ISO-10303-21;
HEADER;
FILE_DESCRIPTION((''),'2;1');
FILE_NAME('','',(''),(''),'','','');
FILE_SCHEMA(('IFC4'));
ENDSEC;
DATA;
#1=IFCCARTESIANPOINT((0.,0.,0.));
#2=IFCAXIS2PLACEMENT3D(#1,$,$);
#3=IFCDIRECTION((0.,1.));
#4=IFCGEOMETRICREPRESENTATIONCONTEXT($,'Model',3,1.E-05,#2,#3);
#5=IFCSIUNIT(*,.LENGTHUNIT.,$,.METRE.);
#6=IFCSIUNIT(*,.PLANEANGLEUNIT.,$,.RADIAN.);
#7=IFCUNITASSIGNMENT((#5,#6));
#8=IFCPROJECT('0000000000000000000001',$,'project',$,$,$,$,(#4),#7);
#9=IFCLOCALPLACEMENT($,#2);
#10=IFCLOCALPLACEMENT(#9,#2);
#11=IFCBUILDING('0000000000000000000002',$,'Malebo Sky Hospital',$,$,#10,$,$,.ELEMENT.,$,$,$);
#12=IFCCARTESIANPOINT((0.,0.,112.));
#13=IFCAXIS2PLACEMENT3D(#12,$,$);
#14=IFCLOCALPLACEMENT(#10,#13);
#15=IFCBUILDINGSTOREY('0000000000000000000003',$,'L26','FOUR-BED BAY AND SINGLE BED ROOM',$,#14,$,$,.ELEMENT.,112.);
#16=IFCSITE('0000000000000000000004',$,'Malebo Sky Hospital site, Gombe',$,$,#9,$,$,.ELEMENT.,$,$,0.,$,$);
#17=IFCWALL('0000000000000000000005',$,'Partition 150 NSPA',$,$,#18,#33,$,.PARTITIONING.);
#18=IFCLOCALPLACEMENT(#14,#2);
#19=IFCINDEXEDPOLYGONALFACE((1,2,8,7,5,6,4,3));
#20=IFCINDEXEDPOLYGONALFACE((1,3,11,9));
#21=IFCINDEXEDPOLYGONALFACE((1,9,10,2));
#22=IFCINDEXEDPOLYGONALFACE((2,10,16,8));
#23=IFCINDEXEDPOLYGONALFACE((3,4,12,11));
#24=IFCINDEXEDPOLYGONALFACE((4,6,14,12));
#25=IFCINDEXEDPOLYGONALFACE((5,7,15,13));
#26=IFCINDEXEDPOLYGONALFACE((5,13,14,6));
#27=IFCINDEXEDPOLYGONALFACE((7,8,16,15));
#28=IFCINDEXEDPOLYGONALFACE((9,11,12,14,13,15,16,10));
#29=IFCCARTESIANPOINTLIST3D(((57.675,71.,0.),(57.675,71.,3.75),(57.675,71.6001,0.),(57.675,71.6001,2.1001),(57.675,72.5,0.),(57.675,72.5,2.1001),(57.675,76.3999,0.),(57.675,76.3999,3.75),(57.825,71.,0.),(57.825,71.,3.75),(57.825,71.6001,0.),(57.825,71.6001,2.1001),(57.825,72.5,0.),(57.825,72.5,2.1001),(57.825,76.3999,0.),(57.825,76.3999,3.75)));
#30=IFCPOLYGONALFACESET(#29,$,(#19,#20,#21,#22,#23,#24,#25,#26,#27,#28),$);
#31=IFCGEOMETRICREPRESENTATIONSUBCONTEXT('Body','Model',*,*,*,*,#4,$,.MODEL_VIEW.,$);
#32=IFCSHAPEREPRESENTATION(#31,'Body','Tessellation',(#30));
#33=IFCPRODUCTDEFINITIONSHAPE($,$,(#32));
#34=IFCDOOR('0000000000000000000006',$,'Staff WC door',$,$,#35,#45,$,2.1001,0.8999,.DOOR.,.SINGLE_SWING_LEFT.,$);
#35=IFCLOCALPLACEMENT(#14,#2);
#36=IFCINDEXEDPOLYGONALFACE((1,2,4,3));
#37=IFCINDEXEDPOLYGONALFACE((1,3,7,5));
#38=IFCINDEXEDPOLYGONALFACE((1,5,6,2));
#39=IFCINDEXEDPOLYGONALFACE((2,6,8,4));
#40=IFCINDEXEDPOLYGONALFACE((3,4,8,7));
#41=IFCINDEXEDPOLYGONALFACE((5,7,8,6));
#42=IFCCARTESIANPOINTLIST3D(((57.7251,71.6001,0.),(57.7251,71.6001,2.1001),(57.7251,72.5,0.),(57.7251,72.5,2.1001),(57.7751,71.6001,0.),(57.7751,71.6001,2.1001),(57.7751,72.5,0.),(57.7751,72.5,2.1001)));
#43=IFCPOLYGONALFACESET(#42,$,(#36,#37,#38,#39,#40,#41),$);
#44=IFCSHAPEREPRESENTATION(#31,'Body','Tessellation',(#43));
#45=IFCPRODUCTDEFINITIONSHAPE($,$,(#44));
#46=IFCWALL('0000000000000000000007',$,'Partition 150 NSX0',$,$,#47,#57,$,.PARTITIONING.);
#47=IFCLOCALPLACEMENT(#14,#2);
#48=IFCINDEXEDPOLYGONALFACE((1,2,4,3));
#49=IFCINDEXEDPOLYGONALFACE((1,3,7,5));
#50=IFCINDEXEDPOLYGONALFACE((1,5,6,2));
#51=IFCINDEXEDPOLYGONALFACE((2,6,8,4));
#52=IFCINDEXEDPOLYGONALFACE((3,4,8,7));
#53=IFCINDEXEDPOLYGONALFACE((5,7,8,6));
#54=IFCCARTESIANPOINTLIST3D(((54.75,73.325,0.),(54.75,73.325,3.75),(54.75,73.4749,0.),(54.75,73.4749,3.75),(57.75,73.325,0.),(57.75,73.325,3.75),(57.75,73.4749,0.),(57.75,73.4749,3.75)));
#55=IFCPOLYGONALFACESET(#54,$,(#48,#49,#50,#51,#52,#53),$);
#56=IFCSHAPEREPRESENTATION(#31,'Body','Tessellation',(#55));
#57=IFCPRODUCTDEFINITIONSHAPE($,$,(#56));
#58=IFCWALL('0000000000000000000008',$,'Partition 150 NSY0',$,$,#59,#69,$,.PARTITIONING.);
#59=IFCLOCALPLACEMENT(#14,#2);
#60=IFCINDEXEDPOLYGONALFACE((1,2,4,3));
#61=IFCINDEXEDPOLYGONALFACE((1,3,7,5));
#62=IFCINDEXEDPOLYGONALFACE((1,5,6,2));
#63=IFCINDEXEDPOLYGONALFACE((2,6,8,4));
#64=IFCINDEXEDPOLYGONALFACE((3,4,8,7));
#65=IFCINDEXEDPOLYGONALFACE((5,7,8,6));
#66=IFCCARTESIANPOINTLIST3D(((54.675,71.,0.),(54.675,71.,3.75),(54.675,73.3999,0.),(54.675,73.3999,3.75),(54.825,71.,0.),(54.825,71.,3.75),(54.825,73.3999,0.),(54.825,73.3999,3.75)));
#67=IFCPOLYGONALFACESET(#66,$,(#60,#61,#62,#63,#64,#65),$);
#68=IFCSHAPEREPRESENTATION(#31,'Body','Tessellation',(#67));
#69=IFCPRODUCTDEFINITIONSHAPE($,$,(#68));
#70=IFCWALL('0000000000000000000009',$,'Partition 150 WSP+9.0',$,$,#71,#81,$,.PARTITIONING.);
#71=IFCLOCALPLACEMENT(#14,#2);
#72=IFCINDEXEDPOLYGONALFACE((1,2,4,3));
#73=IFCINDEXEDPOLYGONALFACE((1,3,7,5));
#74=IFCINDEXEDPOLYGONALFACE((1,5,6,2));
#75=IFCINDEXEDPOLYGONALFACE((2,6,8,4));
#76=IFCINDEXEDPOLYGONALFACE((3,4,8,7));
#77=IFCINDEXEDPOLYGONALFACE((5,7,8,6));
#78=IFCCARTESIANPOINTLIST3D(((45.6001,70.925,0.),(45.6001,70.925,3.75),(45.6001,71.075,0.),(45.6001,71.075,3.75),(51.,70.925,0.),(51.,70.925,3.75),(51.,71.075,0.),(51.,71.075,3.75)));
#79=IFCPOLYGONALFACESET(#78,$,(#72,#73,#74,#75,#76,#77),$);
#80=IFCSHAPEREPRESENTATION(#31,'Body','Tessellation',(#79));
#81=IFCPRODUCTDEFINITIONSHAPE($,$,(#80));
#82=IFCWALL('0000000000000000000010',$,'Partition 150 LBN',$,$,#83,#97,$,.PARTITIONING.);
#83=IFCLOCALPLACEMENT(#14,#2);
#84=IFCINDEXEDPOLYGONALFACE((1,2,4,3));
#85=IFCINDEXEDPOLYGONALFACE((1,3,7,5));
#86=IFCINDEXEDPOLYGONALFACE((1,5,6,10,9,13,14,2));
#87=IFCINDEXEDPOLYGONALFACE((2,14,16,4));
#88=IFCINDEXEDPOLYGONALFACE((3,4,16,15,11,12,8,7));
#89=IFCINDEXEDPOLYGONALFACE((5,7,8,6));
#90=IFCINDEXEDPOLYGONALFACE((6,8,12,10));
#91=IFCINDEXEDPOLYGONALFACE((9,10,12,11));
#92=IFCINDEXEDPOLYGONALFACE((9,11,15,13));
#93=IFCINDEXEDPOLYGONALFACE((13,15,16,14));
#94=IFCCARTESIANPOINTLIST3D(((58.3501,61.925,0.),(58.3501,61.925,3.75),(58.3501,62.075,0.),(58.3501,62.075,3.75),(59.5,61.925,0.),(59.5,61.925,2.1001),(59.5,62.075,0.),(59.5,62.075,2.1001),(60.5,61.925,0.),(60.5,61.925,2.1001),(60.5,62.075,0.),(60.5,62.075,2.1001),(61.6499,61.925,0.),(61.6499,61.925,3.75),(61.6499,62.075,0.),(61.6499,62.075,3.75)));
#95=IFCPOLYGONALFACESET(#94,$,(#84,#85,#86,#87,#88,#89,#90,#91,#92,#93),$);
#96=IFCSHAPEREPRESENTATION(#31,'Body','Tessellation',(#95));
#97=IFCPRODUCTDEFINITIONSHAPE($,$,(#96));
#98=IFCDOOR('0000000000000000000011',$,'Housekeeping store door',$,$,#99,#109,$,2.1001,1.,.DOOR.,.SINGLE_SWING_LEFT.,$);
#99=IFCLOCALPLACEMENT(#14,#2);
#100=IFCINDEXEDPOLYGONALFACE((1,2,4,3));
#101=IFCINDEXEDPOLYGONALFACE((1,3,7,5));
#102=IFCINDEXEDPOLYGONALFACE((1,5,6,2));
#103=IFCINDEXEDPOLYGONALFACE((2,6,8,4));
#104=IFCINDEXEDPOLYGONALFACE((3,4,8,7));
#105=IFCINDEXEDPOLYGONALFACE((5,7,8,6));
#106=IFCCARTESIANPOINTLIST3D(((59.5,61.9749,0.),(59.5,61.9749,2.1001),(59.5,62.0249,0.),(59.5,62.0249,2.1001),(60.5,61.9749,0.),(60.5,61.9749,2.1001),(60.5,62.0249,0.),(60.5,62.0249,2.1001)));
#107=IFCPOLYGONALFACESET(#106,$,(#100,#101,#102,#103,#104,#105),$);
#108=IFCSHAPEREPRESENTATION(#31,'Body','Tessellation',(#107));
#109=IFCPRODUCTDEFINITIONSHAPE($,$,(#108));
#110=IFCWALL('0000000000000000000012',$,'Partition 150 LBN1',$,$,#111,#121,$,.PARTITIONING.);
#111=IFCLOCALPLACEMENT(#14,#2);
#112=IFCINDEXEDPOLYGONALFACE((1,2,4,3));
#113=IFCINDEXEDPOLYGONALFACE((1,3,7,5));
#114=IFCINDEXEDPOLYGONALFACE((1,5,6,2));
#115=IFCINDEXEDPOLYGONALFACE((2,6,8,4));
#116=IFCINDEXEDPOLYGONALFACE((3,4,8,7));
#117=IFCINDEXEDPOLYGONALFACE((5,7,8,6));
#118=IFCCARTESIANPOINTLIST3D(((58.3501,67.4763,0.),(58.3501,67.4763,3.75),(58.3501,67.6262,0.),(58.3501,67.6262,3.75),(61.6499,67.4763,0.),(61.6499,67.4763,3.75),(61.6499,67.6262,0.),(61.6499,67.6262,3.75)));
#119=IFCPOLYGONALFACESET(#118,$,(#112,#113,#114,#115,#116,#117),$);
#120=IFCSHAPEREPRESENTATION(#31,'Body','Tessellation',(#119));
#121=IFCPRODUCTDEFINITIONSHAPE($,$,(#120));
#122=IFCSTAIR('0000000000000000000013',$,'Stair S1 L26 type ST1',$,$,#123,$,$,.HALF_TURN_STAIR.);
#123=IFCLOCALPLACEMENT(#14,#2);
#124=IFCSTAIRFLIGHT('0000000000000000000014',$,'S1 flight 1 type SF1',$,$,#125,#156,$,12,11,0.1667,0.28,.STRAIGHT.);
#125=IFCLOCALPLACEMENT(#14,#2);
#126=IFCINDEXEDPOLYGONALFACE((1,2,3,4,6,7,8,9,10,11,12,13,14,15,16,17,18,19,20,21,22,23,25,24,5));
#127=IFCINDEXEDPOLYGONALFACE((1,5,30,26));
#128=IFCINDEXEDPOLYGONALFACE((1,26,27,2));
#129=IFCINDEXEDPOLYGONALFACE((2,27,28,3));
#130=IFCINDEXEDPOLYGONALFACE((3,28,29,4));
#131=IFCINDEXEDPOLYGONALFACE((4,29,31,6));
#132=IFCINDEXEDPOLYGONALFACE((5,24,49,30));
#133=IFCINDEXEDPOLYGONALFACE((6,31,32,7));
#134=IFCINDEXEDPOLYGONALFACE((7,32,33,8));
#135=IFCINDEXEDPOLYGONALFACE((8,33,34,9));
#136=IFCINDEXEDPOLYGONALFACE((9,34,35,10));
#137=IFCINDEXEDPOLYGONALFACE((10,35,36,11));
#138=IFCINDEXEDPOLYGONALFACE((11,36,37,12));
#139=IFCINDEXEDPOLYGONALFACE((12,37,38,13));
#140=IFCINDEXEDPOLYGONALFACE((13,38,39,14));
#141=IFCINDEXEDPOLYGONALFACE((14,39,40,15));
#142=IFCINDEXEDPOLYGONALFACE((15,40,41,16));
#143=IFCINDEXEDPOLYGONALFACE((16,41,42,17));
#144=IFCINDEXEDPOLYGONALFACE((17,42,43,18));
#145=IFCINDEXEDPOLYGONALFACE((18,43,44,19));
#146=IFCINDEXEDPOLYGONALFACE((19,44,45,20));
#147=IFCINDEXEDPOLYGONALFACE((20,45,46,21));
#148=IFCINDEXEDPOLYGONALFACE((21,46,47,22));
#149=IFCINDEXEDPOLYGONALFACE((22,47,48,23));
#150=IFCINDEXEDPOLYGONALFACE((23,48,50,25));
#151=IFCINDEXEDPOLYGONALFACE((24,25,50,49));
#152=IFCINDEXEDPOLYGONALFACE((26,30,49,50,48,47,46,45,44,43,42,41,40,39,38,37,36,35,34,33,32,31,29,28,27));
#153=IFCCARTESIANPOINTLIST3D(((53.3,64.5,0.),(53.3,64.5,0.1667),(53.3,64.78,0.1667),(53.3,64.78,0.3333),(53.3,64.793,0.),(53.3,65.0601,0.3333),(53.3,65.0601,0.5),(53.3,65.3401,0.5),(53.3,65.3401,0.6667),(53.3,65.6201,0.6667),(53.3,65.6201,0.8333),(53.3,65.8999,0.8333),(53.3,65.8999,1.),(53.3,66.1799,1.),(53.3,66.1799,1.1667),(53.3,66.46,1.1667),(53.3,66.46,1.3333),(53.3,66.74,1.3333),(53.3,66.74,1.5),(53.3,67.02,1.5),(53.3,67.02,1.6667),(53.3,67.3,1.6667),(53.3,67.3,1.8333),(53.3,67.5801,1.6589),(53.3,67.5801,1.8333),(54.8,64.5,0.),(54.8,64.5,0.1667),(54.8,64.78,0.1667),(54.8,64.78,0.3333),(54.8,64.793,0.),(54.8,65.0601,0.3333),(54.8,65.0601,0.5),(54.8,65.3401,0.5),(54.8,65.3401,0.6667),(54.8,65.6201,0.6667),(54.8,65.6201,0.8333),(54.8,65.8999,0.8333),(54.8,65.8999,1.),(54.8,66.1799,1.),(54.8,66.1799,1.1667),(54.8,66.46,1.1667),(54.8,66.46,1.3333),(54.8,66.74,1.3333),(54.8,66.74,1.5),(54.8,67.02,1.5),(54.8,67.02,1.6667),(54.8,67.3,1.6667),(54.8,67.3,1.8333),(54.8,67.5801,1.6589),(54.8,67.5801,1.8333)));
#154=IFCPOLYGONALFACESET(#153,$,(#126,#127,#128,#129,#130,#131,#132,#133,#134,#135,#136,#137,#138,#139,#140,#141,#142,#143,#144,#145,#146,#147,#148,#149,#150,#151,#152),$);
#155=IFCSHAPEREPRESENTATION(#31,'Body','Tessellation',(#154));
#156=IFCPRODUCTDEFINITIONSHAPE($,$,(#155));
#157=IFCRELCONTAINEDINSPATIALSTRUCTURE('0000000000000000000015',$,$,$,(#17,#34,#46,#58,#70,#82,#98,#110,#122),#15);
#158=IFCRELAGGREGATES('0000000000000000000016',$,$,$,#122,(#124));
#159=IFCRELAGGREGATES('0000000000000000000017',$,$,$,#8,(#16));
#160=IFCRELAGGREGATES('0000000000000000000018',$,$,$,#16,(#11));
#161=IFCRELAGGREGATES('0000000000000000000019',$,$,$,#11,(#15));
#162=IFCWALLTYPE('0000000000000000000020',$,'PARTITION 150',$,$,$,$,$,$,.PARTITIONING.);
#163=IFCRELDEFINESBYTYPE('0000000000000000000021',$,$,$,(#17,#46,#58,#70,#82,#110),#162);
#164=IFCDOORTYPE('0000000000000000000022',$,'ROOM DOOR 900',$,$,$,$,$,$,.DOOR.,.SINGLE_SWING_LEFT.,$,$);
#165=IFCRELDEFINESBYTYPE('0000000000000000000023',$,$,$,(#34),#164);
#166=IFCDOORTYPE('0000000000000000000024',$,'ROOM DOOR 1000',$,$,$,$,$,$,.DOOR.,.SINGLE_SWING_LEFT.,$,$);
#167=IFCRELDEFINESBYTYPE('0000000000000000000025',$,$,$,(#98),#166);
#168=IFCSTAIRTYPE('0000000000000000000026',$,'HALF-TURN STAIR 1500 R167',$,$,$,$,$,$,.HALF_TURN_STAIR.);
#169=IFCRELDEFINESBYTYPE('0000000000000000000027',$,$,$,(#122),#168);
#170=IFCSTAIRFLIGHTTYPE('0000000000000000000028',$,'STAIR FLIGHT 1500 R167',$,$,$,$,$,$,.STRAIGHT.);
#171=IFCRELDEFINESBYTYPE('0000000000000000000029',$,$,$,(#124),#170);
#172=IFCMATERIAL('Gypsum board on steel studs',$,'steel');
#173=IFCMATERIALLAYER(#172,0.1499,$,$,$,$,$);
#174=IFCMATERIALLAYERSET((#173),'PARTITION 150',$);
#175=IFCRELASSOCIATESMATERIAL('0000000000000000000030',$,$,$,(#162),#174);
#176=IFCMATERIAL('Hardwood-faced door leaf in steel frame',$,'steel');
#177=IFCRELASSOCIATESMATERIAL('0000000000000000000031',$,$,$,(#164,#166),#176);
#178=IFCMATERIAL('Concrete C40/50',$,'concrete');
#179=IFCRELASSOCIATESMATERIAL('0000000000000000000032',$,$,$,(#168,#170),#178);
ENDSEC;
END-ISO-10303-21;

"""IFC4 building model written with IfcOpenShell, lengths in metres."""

from ifc_helpers import new_model, si_unit, direction, frame, frame_2d, origin, place, context, subcontext, project, spatial, polyline, rectangle, outline, extrude, material, layer, layer_set, type_object, element, fill, aggregate, save


model = new_model("IFC4")

# Units and contexts
model_context = context("Model", 3, precision=1e-05, world=origin(), true_north=direction((0.0, 1.0)))
body_context = subcontext(model_context, "Body", "Model", "MODEL_VIEW")
ifc_project = project(units=[si_unit("LENGTHUNIT", "METRE"), si_unit("PLANEANGLEUNIT", "RADIAN")], contexts=[model_context])

# Site, building, storey
site_placement = place(None, origin())
site = spatial("IfcSite", under=ifc_project, at=site_placement, Name="Malebo Sky Hospital site, Gombe", CompositionType="ELEMENT", RefElevation=0.0)
building_placement = place(site_placement, origin())
building = spatial("IfcBuilding", under=site, at=building_placement, Name="Malebo Sky Hospital", CompositionType="ELEMENT")
storey_placement = place(building_placement, frame((0.0, 0.0, 112.0)))
storey = spatial("IfcBuildingStorey", under=building, at=storey_placement, Name="L26", Description="FOUR-BED BAY AND SINGLE BED ROOM", CompositionType="ELEMENT", Elevation=112.0)

# Wall, opening, door
ifc_material_1 = material(Name="Hardwood-faced door leaf in steel frame", Category="steel")
ifc_material_2 = material(Name="Gypsum board on steel studs", Category="steel")
ifc_layer_1 = layer(ifc_material_2, 0.1499)
ifc_layer_set_1 = layer_set([ifc_layer_1], Name="PARTITION 150")
wall_type_1 = type_object("IfcWallType", Name="PARTITION 150", PredefinedType="PARTITIONING", material=ifc_layer_set_1)
wall_1_placement = place(storey_placement, frame((57.75, 71.0, 0.0), z_axis=(0.0, 0.0, 1.0), x_axis=(0.0, 1.0, 0.0)))
wall_1 = element("IfcWall", 1, at=wall_1_placement, inside=storey, type_object=wall_type_1, Name="Partition 150 NSPA", PredefinedType="PARTITIONING", context=body_context, shape_type="SweptSolid", body=[
    extrude(rectangle(XDim=5.3999, YDim=0.1499, at=frame_2d((2.7, 0.0))), origin(), (0.0, 0.0, 1.0), 3.75),
])
opening_1_placement = place(wall_1_placement, frame((0.6001, 0.0, 0.0)))
opening_1 = element("IfcOpeningElement", 2, at=opening_1_placement, cuts=wall_1, PredefinedType="OPENING", context=body_context, shape_type="SweptSolid", body=[
    extrude(rectangle(XDim=0.8999, YDim=2.1001, at=frame_2d((0.45, 1.05))), frame((0.0, 0.085, 0.0), z_axis=(0.0, -1.0, 0.0), x_axis=(1.0, 0.0, 0.0)), (0.0, 0.0, 1.0), 0.1699),
])
door_type_1 = type_object("IfcDoorType", Name="ROOM DOOR 900", OperationType="SINGLE_SWING_LEFT", PredefinedType="DOOR", material=ifc_material_1)
door_1_placement = place(opening_1_placement, origin())
door_1 = element("IfcDoor", 3, at=door_1_placement, inside=storey, type_object=door_type_1, Name="Staff WC door", OperationType="SINGLE_SWING_LEFT", OverallHeight=2.1001, OverallWidth=0.8999, PredefinedType="DOOR", context=body_context, shape_type="SweptSolid", body=[
    extrude(rectangle(XDim=0.8999, YDim=2.1001, at=frame_2d((0.45, 1.05))), frame((0.0, 0.0249, 0.0), z_axis=(0.0, -1.0, 0.0), x_axis=(1.0, 0.0, 0.0)), (0.0, 0.0, 1.0), 0.05),
])
fill(opening_1, door_1)

# Walls
wall_2_placement = place(storey_placement, frame((54.75, 73.3999, 0.0), z_axis=(0.0, 0.0, 1.0), x_axis=(1.0, 0.0, 0.0)))
element("IfcWall", 4, at=wall_2_placement, inside=storey, type_object=wall_type_1, Name="Partition 150 NSX0", PredefinedType="PARTITIONING", context=body_context, shape_type="SweptSolid", body=[
    extrude(rectangle(XDim=3.0, YDim=0.1499, at=frame_2d((1.5, 0.0))), origin(), (0.0, 0.0, 1.0), 3.75),
])
wall_3_placement = place(storey_placement, frame((54.75, 71.0, 0.0), z_axis=(0.0, 0.0, 1.0), x_axis=(0.0, 1.0, 0.0)))
element("IfcWall", 5, at=wall_3_placement, inside=storey, type_object=wall_type_1, Name="Partition 150 NSY0", PredefinedType="PARTITIONING", context=body_context, shape_type="SweptSolid", body=[
    extrude(rectangle(XDim=2.3999, YDim=0.1499, at=frame_2d((1.2, 0.0))), origin(), (0.0, 0.0, 1.0), 3.75),
])
wall_4_placement = place(storey_placement, frame((51.0, 71.0, 0.0), z_axis=(0.0, 0.0, 1.0), x_axis=(-1.0, 0.0, 0.0)))
element("IfcWall", 6, at=wall_4_placement, inside=storey, type_object=wall_type_1, Name="Partition 150 WSP+9.0", PredefinedType="PARTITIONING", context=body_context, shape_type="SweptSolid", body=[
    extrude(rectangle(XDim=5.3999, YDim=0.1499, at=frame_2d((2.7, 0.0))), origin(), (0.0, 0.0, 1.0), 3.75),
])

# Wall, opening, door
wall_5_placement = place(storey_placement, frame((58.3501, 62.0, 0.0), z_axis=(0.0, 0.0, 1.0), x_axis=(1.0, 0.0, 0.0)))
wall_5 = element("IfcWall", 7, at=wall_5_placement, inside=storey, type_object=wall_type_1, Name="Partition 150 LBN", PredefinedType="PARTITIONING", context=body_context, shape_type="SweptSolid", body=[
    extrude(rectangle(XDim=3.2998, YDim=0.1499, at=frame_2d((1.6499, 0.0))), origin(), (0.0, 0.0, 1.0), 3.75),
])
opening_2_placement = place(wall_5_placement, frame((1.1499, 0.0, 0.0)))
opening_2 = element("IfcOpeningElement", 8, at=opening_2_placement, cuts=wall_5, PredefinedType="OPENING", context=body_context, shape_type="SweptSolid", body=[
    extrude(rectangle(XDim=1.0, YDim=2.1001, at=frame_2d((0.5, 1.05))), frame((0.0, 0.085, 0.0), z_axis=(0.0, -1.0, 0.0), x_axis=(1.0, 0.0, 0.0)), (0.0, 0.0, 1.0), 0.1699),
])
door_type_2 = type_object("IfcDoorType", Name="ROOM DOOR 1000", OperationType="SINGLE_SWING_LEFT", PredefinedType="DOOR", material=ifc_material_1)
door_2_placement = place(opening_2_placement, origin())
door_2 = element("IfcDoor", 9, at=door_2_placement, inside=storey, type_object=door_type_2, Name="Housekeeping store door", OperationType="SINGLE_SWING_LEFT", OverallHeight=2.1001, OverallWidth=1.0, PredefinedType="DOOR", context=body_context, shape_type="SweptSolid", body=[
    extrude(rectangle(XDim=1.0, YDim=2.1001, at=frame_2d((0.5, 1.05))), frame((0.0, 0.0249, 0.0), z_axis=(0.0, -1.0, 0.0), x_axis=(1.0, 0.0, 0.0)), (0.0, 0.0, 1.0), 0.05),
])
fill(opening_2, door_2)

# Wall
wall_6_placement = place(storey_placement, frame((58.3501, 67.5513, 0.0), z_axis=(0.0, 0.0, 1.0), x_axis=(1.0, 0.0, 0.0)))
element("IfcWall", 10, at=wall_6_placement, inside=storey, type_object=wall_type_1, Name="Partition 150 LBN1", PredefinedType="PARTITIONING", context=body_context, shape_type="SweptSolid", body=[
    extrude(rectangle(XDim=3.2998, YDim=0.1499, at=frame_2d((1.6499, 0.0))), origin(), (0.0, 0.0, 1.0), 3.75),
])

# Stair, stair flight
ifc_material_3 = material(Name="Concrete C40/50", Category="concrete")
stair_type = type_object("IfcStairType", Name="HALF-TURN STAIR 1500 R167", PredefinedType="HALF_TURN_STAIR", material=ifc_material_3)
stair_placement = place(storey_placement, origin())
stair = element("IfcStair", 11, at=stair_placement, inside=storey, type_object=stair_type, Name="Stair S1 L26 type ST1", PredefinedType="HALF_TURN_STAIR")
stair_flight_type = type_object("IfcStairFlightType", Name="STAIR FLIGHT 1500 R167", PredefinedType="STRAIGHT", material=ifc_material_3)
stair_flight_1_placement = place(storey_placement, frame((54.05, 64.5, 0.0), z_axis=(0.0, 0.0, 1.0), x_axis=(0.0, 1.0, 0.0)))
stair_flight_1 = element("IfcStairFlight", 12, at=stair_flight_1_placement, type_object=stair_flight_type, Name="S1 flight 1 type SF1", NumberOfRisers=12, NumberOfTreads=11, PredefinedType="STRAIGHT", RiserHeight=0.1667, TreadLength=0.28, context=body_context, shape_type="SweptSolid", body=[
    extrude(outline(polyline([(0.0, 0.0), (0.0, 0.1667), (0.28, 0.1667), (0.28, 0.3333), (0.5601, 0.3333), (0.5601, 0.5), (0.8401, 0.5), (0.8401, 0.6667), (1.1201, 0.6667), (1.1201, 0.8333), (1.3999, 0.8333), (1.3999, 1.0), (1.6799, 1.0), (1.6799, 1.1667), (1.96, 1.1667), (1.96, 1.3333), (2.24, 1.3333), (2.24, 1.5), (2.52, 1.5), (2.52, 1.6667), (2.8, 1.6667), (2.8, 1.8333), (3.0801, 1.8333), (3.0801, 2.0), (3.0801, 1.6589), (0.293, 0.0), (0.0, 0.0)])), frame((0.0, 0.75, 0.0), z_axis=(0.0, -1.0, 0.0), x_axis=(1.0, 0.0, 0.0)), (0.0, 0.0, 1.0), 1.5),
])
aggregate(stair, [stair_flight_1])

save(model, "model.ifc")
